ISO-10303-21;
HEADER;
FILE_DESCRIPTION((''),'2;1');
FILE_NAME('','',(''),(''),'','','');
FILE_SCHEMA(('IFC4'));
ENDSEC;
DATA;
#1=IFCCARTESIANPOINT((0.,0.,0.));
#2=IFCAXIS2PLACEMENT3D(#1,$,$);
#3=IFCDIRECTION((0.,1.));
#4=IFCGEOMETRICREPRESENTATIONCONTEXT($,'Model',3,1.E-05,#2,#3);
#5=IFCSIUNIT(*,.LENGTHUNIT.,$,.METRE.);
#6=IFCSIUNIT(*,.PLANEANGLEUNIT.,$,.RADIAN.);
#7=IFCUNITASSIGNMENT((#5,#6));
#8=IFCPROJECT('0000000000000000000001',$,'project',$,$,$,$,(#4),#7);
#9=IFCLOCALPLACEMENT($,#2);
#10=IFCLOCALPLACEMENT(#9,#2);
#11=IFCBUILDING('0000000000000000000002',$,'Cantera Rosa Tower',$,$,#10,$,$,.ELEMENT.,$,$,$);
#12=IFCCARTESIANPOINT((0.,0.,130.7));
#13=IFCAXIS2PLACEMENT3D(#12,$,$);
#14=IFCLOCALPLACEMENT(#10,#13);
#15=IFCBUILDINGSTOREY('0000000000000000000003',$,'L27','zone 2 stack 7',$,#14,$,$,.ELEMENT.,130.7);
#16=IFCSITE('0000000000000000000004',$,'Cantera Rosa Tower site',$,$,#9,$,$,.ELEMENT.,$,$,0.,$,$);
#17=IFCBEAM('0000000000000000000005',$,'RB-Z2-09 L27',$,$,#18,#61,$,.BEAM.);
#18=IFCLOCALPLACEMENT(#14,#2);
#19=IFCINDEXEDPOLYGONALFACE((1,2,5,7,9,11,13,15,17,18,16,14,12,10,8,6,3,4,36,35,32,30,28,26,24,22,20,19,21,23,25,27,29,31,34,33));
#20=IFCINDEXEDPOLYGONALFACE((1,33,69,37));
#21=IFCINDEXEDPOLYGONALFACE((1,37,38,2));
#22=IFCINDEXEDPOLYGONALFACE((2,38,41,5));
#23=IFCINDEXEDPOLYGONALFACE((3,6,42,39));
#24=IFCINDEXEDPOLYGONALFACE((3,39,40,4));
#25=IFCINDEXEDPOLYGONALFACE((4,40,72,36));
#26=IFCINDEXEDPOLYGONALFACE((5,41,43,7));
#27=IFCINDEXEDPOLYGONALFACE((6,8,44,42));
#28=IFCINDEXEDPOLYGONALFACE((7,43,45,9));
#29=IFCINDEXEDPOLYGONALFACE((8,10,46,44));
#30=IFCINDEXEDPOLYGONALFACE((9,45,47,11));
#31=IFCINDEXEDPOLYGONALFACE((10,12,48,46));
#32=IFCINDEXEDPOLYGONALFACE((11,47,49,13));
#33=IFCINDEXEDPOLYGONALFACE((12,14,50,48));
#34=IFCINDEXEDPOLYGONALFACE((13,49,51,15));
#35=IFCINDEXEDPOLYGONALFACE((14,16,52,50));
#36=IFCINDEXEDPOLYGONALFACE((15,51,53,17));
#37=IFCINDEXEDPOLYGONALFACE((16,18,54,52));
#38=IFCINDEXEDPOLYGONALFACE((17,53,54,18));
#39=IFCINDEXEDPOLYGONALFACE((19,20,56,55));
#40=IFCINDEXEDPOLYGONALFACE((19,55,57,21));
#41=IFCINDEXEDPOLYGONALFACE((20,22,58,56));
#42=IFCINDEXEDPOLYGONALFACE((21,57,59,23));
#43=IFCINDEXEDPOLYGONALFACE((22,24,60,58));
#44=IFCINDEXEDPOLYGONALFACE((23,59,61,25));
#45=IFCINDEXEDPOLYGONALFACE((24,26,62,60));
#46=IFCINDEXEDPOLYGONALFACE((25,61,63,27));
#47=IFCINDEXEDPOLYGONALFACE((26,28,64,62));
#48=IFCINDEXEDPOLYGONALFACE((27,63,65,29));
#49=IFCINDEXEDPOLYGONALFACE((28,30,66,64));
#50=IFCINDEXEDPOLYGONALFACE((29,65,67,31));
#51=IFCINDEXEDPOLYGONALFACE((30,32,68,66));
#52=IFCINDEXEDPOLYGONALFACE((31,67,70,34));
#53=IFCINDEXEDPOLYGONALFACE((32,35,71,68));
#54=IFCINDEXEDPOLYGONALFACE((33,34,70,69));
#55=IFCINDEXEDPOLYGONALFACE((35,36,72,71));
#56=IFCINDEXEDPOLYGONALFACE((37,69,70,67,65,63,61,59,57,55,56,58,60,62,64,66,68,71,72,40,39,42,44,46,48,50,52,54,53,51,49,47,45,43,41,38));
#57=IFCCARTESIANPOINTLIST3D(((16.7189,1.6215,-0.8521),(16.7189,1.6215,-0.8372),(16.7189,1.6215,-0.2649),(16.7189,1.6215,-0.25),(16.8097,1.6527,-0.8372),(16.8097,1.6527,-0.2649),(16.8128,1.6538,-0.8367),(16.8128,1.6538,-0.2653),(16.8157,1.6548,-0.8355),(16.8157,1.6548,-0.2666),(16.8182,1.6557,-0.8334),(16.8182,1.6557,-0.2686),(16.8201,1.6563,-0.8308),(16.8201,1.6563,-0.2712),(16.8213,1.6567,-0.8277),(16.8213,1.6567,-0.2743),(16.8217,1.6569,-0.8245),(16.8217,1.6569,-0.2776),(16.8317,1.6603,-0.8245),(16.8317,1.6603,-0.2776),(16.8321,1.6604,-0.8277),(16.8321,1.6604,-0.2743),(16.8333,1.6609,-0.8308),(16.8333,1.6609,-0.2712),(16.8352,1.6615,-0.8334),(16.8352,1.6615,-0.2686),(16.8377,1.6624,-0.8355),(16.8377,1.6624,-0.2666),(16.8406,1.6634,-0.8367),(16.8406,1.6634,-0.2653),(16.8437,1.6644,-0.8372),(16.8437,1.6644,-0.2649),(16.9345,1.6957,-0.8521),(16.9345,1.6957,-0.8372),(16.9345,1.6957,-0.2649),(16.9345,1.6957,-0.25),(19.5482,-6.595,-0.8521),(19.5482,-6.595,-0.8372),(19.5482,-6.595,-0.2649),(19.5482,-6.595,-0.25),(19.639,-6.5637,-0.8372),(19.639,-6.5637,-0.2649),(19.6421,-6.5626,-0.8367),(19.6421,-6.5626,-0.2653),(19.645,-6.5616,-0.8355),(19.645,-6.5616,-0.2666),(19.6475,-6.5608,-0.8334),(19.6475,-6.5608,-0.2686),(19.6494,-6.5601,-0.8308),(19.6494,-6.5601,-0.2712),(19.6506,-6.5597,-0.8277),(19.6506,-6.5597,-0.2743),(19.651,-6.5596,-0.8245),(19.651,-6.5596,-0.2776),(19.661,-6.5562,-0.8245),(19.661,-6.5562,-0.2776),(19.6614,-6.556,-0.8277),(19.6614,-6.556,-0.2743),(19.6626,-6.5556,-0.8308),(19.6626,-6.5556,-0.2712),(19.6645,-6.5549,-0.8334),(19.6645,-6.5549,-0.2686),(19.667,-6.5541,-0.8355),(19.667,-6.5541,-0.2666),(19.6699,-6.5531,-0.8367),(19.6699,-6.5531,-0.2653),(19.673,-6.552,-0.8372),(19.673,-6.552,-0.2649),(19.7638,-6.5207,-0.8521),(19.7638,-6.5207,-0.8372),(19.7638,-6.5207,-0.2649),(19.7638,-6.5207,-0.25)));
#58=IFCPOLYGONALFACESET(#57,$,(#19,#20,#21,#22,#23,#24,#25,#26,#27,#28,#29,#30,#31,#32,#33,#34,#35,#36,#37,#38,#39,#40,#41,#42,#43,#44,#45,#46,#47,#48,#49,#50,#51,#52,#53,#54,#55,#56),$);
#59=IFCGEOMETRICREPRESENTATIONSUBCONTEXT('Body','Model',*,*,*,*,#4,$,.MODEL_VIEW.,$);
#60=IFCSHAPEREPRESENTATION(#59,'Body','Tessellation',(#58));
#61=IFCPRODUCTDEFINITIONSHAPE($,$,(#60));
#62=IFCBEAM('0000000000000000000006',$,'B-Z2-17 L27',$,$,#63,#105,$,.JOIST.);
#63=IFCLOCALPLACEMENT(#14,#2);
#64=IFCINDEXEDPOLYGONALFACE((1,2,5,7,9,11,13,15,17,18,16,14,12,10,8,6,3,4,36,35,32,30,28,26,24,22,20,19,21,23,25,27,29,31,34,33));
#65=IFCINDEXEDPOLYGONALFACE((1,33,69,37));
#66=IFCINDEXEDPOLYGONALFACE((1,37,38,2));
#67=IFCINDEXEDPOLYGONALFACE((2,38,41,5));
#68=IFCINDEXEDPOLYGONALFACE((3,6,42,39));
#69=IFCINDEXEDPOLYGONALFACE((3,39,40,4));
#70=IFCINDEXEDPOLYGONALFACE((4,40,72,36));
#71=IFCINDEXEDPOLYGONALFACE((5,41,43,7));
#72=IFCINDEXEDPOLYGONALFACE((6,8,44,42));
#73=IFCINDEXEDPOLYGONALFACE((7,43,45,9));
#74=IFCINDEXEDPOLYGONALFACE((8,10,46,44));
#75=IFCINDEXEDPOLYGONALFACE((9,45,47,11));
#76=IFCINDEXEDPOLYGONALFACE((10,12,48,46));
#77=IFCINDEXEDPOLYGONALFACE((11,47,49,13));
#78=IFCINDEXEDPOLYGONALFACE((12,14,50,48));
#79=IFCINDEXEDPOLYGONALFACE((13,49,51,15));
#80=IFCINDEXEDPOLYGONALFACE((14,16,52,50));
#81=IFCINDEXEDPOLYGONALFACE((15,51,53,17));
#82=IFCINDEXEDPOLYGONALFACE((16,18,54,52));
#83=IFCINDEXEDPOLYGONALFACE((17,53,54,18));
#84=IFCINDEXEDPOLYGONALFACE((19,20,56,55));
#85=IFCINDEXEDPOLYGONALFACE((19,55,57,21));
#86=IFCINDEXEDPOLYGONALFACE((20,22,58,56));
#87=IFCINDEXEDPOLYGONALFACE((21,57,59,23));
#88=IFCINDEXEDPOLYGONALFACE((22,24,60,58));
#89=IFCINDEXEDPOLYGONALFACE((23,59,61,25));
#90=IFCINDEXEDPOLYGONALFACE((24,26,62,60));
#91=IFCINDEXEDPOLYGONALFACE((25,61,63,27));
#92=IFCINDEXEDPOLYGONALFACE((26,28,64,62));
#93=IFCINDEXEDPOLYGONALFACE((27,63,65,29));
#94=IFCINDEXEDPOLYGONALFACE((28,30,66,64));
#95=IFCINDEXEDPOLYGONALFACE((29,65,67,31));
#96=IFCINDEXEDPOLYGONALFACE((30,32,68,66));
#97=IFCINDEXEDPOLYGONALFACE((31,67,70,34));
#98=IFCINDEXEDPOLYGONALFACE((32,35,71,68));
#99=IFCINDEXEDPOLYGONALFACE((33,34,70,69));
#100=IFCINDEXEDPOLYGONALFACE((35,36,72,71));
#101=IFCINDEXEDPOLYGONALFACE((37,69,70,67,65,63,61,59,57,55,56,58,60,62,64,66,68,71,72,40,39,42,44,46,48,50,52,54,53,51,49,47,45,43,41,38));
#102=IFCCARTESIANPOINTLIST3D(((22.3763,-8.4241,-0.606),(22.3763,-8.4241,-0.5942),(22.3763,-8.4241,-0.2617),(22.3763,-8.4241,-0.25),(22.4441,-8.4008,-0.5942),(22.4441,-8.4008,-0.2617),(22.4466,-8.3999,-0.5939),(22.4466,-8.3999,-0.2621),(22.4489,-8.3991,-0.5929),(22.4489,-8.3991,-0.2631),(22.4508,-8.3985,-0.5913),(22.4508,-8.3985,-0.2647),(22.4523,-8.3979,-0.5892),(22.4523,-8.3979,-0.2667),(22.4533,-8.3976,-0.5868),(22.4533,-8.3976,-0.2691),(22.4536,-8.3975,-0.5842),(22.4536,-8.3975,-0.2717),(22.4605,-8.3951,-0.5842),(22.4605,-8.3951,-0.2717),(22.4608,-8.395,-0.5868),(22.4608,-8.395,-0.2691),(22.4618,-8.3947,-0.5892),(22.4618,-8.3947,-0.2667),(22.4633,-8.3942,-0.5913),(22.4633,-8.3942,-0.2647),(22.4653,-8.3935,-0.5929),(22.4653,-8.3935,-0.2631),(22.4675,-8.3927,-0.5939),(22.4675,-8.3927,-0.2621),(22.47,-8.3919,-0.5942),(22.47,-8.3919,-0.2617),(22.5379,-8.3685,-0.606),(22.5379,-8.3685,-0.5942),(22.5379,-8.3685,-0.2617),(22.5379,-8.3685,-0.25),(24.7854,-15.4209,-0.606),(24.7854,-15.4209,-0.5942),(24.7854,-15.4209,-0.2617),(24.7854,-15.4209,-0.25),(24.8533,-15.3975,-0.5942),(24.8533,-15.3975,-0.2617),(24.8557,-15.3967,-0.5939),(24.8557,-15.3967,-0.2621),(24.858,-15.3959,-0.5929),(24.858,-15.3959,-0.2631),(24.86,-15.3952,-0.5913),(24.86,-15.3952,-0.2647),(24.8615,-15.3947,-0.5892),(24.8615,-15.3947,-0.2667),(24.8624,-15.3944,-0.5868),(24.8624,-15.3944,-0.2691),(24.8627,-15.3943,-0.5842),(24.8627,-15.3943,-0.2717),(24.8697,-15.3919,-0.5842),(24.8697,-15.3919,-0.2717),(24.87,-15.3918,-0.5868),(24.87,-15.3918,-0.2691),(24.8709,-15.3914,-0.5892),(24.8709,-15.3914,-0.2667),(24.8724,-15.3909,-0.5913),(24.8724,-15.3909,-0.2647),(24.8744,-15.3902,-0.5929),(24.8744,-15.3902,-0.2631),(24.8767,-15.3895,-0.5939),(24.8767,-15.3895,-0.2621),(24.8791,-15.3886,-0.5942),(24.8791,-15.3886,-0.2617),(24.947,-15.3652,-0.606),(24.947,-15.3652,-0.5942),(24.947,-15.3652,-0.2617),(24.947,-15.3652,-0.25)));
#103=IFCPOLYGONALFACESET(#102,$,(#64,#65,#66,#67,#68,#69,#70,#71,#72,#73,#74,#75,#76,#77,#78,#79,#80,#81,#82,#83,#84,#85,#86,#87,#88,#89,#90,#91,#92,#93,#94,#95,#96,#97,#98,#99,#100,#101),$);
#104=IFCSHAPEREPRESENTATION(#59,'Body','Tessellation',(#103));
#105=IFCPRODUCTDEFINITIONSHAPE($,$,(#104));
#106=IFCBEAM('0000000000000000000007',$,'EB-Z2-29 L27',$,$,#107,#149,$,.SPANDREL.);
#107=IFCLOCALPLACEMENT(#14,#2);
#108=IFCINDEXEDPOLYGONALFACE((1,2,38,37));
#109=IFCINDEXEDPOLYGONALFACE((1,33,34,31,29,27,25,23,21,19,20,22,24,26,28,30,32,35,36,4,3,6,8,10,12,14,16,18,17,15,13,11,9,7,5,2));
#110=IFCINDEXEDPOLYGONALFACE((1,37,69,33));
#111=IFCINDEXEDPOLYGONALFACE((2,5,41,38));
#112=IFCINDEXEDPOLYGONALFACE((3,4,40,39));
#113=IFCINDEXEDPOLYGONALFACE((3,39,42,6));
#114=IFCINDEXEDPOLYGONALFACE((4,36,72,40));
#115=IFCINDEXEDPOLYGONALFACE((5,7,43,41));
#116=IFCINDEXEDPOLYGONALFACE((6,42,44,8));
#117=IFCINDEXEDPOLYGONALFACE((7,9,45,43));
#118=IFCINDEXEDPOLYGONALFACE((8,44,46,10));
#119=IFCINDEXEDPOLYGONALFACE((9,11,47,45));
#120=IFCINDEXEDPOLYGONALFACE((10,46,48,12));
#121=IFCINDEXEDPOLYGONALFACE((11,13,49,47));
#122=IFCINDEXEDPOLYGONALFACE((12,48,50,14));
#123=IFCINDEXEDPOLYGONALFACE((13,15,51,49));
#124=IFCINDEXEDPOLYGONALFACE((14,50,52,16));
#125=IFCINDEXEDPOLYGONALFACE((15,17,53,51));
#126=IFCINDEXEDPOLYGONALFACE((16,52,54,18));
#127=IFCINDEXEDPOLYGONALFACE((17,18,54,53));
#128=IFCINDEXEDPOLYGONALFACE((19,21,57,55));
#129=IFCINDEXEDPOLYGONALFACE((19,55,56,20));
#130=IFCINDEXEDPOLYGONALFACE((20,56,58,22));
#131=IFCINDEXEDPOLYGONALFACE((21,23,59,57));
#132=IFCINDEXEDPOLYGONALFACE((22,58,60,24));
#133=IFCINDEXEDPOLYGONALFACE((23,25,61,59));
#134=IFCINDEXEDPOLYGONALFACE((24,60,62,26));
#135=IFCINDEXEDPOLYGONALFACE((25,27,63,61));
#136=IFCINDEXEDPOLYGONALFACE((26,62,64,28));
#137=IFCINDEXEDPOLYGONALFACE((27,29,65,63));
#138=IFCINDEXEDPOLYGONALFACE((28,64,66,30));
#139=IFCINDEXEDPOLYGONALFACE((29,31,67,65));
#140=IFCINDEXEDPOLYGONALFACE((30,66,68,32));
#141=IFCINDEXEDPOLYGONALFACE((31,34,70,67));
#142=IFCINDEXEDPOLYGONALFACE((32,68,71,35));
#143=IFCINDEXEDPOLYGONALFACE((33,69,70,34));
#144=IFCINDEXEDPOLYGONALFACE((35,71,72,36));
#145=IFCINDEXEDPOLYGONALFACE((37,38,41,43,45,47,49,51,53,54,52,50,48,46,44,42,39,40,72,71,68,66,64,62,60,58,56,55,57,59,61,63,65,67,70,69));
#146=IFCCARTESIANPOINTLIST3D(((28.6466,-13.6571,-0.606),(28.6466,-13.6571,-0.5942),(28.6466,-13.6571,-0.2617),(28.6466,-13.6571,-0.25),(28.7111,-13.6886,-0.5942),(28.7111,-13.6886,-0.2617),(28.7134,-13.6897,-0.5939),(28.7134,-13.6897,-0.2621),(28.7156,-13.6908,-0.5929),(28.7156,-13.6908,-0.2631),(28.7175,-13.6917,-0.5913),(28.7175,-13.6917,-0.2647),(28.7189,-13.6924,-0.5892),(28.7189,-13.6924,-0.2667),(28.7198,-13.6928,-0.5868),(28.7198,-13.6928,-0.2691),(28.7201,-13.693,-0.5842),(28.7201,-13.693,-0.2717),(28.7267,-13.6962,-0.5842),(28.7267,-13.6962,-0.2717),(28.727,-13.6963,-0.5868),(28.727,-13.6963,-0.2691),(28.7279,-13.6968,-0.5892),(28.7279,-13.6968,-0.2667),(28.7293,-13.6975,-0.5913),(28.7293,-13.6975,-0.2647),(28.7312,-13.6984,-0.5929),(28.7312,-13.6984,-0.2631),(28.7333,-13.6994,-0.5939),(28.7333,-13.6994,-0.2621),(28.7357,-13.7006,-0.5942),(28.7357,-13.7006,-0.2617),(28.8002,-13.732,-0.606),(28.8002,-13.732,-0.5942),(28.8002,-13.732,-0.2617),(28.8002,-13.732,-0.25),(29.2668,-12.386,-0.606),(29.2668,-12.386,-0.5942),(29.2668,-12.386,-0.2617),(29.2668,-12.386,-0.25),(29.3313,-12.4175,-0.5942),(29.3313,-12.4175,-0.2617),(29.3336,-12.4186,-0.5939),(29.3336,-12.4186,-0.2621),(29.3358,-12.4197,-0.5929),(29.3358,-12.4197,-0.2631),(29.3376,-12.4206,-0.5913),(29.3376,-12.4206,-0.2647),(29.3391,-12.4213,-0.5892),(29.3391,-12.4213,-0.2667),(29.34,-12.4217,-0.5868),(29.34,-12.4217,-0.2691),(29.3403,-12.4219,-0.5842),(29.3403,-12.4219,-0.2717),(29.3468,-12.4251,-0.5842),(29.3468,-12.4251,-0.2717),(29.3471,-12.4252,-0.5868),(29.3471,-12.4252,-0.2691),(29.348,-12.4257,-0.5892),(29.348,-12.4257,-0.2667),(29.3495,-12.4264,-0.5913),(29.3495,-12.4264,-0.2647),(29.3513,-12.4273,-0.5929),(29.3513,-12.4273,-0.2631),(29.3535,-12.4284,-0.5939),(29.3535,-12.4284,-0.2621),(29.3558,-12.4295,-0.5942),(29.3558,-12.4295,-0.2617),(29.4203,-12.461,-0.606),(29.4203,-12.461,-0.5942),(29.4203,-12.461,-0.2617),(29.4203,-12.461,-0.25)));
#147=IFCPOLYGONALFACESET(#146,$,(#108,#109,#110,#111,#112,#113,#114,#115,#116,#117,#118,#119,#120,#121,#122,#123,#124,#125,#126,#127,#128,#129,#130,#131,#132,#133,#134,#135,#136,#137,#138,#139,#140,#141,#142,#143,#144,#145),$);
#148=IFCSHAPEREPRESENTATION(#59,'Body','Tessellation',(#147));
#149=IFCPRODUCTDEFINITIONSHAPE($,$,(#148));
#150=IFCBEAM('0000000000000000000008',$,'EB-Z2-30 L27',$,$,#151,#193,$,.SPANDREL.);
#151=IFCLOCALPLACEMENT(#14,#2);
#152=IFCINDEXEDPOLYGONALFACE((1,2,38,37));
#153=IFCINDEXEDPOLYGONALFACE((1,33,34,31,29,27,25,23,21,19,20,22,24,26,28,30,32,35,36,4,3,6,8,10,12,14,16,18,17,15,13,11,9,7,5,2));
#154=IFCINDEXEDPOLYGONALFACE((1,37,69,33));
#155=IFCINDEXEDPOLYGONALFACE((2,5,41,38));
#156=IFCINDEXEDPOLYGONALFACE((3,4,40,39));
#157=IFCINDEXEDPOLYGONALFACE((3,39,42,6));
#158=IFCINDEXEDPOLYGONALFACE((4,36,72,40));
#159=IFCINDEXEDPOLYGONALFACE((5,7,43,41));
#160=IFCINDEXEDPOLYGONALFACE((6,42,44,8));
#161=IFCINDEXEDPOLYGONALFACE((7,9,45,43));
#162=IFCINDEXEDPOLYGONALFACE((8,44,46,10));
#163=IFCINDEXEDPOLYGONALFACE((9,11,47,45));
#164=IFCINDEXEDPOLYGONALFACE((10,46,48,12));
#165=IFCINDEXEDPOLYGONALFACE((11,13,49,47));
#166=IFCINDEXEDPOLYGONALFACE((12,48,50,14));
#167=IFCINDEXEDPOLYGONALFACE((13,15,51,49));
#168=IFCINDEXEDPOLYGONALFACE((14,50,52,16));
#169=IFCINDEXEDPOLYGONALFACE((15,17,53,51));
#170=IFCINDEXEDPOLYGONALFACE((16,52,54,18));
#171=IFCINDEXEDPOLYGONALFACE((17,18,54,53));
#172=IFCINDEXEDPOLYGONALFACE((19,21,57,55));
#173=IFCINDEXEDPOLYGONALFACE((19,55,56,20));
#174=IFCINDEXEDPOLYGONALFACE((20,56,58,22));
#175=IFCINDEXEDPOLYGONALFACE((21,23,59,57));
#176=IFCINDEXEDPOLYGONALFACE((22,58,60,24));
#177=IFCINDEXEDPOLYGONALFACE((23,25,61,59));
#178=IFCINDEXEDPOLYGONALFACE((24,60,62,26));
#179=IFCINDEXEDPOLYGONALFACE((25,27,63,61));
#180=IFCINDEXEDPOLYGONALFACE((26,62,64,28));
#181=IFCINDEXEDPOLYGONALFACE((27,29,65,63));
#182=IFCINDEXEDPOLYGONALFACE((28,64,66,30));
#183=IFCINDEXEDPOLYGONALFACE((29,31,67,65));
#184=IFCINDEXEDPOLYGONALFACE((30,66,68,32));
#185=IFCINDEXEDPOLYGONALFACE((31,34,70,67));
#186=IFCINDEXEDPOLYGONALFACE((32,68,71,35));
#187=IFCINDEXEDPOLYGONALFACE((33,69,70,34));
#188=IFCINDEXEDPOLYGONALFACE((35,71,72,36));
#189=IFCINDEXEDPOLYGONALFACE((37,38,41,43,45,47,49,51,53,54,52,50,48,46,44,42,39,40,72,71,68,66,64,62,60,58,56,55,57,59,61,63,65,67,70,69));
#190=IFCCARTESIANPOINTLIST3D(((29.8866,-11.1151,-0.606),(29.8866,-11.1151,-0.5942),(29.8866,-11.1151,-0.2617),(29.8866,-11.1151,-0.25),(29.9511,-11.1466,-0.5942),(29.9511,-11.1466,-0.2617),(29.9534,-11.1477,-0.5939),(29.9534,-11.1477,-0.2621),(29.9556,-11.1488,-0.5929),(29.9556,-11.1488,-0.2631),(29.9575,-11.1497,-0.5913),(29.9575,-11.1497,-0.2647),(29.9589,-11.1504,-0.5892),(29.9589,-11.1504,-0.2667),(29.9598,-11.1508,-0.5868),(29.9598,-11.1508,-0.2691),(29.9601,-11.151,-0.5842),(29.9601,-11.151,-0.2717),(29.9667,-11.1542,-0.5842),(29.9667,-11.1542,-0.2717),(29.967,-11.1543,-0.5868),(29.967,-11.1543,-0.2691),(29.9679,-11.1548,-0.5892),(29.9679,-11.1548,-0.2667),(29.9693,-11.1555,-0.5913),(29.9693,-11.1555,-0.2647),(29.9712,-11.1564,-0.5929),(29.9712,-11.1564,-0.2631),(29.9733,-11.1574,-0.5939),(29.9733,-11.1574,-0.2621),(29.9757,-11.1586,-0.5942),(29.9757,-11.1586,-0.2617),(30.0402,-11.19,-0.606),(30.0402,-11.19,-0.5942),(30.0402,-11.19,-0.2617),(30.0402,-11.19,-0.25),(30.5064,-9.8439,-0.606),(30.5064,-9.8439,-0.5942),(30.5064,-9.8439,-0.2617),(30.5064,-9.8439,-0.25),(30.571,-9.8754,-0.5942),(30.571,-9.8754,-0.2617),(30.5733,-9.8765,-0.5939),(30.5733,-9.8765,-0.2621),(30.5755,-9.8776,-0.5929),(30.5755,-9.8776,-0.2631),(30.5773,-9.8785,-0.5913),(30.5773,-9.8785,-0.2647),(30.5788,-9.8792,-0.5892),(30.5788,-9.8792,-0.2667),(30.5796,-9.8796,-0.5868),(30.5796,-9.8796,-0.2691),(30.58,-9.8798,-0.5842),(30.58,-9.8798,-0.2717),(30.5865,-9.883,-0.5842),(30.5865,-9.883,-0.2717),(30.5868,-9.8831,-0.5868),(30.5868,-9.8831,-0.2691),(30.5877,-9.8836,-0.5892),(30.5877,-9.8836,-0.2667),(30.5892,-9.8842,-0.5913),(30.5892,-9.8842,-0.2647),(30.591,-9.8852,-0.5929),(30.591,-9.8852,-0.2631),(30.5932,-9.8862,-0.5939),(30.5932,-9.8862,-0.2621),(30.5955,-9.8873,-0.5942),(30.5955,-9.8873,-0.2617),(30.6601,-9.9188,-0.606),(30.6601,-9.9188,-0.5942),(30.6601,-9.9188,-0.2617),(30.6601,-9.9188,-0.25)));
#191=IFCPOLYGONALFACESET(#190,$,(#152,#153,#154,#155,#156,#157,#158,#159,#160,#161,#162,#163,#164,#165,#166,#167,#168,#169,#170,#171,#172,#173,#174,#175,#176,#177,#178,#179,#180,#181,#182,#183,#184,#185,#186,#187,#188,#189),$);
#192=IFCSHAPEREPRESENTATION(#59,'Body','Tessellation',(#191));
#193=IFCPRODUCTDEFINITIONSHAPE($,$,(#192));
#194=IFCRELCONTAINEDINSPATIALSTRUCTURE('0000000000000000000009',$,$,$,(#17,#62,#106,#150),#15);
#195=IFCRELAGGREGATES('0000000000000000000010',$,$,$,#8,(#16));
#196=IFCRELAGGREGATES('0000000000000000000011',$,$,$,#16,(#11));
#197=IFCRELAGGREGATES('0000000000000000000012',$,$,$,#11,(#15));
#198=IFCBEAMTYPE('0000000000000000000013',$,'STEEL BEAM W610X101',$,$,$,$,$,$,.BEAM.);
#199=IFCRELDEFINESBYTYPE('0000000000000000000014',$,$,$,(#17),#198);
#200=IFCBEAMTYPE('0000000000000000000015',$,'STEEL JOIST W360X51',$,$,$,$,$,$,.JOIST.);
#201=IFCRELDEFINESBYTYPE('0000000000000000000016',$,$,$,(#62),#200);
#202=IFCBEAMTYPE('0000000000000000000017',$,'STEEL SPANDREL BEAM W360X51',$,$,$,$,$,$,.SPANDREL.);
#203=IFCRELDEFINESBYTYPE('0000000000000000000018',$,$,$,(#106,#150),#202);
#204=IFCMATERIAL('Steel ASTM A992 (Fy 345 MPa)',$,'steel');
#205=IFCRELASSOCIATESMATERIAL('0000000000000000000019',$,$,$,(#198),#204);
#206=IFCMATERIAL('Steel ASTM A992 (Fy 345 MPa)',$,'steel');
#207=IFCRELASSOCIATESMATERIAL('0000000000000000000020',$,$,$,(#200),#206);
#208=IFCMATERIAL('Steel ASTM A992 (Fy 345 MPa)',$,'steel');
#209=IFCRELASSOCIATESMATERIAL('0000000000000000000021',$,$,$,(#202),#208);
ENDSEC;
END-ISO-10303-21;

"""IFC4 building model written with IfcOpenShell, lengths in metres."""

from ifc_helpers import new_model, si_unit, direction, frame, origin, origin_2d, place, context, subcontext, project, spatial, i_section, extrude, material, material_profile, profile_set, type_object, element, save


model = new_model("IFC4")

# Units and contexts
model_context = context("Model", 3, precision=1e-05, world=origin(), true_north=direction((0.0, 1.0)))
body_context = subcontext(model_context, "Body", "Model", "MODEL_VIEW")
ifc_project = project(units=[si_unit("LENGTHUNIT", "METRE"), si_unit("PLANEANGLEUNIT", "RADIAN")], contexts=[model_context])

# Site, building, storey
site_placement = place(None, origin())
site = spatial("IfcSite", under=ifc_project, at=site_placement, Name="Cantera Rosa Tower site", CompositionType="ELEMENT", RefElevation=0.0)
building_placement = place(site_placement, origin())
building = spatial("IfcBuilding", under=site, at=building_placement, Name="Cantera Rosa Tower", CompositionType="ELEMENT")
storey_placement = place(building_placement, frame((0.0, 0.0, 130.7)))
storey = spatial("IfcBuildingStorey", under=building, at=storey_placement, Name="L27", Description="zone 2 stack 7", CompositionType="ELEMENT", Elevation=130.7)

# Beams
ifc_material_1 = material(Name="Steel ASTM A992 (Fy 345 MPa)", Category="steel")
ifc_material_profile_1 = material_profile(ifc_material_1, i_section(OverallWidth=0.228, OverallDepth=0.6021, WebThickness=0.0105, FlangeThickness=0.0149, FilletRadius=0.0127, at=origin_2d()), Name="W610X101")
ifc_profile_set_1 = profile_set([ifc_material_profile_1], Name="Steel ASTM A992 (Fy 345 MPa)")
beam_type_1 = type_object("IfcBeamType", Name="STEEL BEAM W610X101", PredefinedType="BEAM", material=ifc_profile_set_1)
beam_1_placement = place(storey_placement, frame((19.656, -6.5579, -0.551), z_axis=(-0.325585, 0.945513, 0.0), x_axis=(-0.945513, -0.325585, 0.0)))
element("IfcBeam", 1, at=beam_1_placement, inside=storey, type_object=beam_type_1, Name="RB-Z2-09 L27", PredefinedType="BEAM", context=body_context, shape_type="SweptSolid", body=[
    extrude(i_section(OverallWidth=0.228, OverallDepth=0.6021, WebThickness=0.0105, FlangeThickness=0.0149, FilletRadius=0.0127, at=origin_2d()), origin(), (0.0, 0.0, 1.0), 8.6899),
])
ifc_material_2 = material(Name="Steel ASTM A992 (Fy 345 MPa)", Category="steel")
ifc_material_profile_2 = material_profile(ifc_material_2, i_section(OverallWidth=0.1709, OverallDepth=0.356, WebThickness=0.0073, FlangeThickness=0.0117, FilletRadius=0.01, at=origin_2d()), Name="W360X51")
ifc_profile_set_2 = profile_set([ifc_material_profile_2], Name="Steel ASTM A992 (Fy 345 MPa)")
beam_type_2 = type_object("IfcBeamType", Name="STEEL JOIST W360X51", PredefinedType="JOIST", material=ifc_profile_set_2)
beam_2_placement = place(storey_placement, frame((24.8662, -15.3931, -0.428), z_axis=(-0.325566, 0.945519, 0.0), x_axis=(-0.945519, -0.325566, 0.0)))
element("IfcBeam", 2, at=beam_2_placement, inside=storey, type_object=beam_type_2, Name="B-Z2-17 L27", PredefinedType="JOIST", context=body_context, shape_type="SweptSolid", body=[
    extrude(i_section(OverallWidth=0.1709, OverallDepth=0.356, WebThickness=0.0073, FlangeThickness=0.0117, FilletRadius=0.01, at=origin_2d()), origin(), (0.0, 0.0, 1.0), 7.3999),
])
ifc_material_3 = material(Name="Steel ASTM A992 (Fy 345 MPa)", Category="steel")
ifc_material_profile_3 = material_profile(ifc_material_3, i_section(OverallWidth=0.1709, OverallDepth=0.356, WebThickness=0.0073, FlangeThickness=0.0117, FilletRadius=0.01, at=origin_2d()), Name="W360X51")
ifc_profile_set_3 = profile_set([ifc_material_profile_3], Name="Steel ASTM A992 (Fy 345 MPa)")
beam_type_3 = type_object("IfcBeamType", Name="STEEL SPANDREL BEAM W360X51", PredefinedType="SPANDREL", material=ifc_profile_set_3)
for number, where, z_axis, x_axis, name in (
    (3, (28.7234, -13.6946, -0.428), (0.438492, 0.898735, 0.0), (-0.898735, 0.438492, 0.0), "EB-Z2-29 L27"),
    (4, (29.9634, -11.1526, -0.428), (0.438284, 0.898836, 0.0), (-0.898836, 0.438284, 0.0), "EB-Z2-30 L27"),
):
    element("IfcBeam", number, at=place(storey_placement, frame(where, z_axis=z_axis, x_axis=x_axis)), inside=storey, type_object=beam_type_3, Name=name, PredefinedType="SPANDREL", context=body_context, shape_type="SweptSolid", body=[
        extrude(i_section(OverallWidth=0.1709, OverallDepth=0.356, WebThickness=0.0073, FlangeThickness=0.0117, FilletRadius=0.01, at=origin_2d()), origin(), (0.0, 0.0, 1.0), 1.4143),
    ])

save(model, "model.ifc")
